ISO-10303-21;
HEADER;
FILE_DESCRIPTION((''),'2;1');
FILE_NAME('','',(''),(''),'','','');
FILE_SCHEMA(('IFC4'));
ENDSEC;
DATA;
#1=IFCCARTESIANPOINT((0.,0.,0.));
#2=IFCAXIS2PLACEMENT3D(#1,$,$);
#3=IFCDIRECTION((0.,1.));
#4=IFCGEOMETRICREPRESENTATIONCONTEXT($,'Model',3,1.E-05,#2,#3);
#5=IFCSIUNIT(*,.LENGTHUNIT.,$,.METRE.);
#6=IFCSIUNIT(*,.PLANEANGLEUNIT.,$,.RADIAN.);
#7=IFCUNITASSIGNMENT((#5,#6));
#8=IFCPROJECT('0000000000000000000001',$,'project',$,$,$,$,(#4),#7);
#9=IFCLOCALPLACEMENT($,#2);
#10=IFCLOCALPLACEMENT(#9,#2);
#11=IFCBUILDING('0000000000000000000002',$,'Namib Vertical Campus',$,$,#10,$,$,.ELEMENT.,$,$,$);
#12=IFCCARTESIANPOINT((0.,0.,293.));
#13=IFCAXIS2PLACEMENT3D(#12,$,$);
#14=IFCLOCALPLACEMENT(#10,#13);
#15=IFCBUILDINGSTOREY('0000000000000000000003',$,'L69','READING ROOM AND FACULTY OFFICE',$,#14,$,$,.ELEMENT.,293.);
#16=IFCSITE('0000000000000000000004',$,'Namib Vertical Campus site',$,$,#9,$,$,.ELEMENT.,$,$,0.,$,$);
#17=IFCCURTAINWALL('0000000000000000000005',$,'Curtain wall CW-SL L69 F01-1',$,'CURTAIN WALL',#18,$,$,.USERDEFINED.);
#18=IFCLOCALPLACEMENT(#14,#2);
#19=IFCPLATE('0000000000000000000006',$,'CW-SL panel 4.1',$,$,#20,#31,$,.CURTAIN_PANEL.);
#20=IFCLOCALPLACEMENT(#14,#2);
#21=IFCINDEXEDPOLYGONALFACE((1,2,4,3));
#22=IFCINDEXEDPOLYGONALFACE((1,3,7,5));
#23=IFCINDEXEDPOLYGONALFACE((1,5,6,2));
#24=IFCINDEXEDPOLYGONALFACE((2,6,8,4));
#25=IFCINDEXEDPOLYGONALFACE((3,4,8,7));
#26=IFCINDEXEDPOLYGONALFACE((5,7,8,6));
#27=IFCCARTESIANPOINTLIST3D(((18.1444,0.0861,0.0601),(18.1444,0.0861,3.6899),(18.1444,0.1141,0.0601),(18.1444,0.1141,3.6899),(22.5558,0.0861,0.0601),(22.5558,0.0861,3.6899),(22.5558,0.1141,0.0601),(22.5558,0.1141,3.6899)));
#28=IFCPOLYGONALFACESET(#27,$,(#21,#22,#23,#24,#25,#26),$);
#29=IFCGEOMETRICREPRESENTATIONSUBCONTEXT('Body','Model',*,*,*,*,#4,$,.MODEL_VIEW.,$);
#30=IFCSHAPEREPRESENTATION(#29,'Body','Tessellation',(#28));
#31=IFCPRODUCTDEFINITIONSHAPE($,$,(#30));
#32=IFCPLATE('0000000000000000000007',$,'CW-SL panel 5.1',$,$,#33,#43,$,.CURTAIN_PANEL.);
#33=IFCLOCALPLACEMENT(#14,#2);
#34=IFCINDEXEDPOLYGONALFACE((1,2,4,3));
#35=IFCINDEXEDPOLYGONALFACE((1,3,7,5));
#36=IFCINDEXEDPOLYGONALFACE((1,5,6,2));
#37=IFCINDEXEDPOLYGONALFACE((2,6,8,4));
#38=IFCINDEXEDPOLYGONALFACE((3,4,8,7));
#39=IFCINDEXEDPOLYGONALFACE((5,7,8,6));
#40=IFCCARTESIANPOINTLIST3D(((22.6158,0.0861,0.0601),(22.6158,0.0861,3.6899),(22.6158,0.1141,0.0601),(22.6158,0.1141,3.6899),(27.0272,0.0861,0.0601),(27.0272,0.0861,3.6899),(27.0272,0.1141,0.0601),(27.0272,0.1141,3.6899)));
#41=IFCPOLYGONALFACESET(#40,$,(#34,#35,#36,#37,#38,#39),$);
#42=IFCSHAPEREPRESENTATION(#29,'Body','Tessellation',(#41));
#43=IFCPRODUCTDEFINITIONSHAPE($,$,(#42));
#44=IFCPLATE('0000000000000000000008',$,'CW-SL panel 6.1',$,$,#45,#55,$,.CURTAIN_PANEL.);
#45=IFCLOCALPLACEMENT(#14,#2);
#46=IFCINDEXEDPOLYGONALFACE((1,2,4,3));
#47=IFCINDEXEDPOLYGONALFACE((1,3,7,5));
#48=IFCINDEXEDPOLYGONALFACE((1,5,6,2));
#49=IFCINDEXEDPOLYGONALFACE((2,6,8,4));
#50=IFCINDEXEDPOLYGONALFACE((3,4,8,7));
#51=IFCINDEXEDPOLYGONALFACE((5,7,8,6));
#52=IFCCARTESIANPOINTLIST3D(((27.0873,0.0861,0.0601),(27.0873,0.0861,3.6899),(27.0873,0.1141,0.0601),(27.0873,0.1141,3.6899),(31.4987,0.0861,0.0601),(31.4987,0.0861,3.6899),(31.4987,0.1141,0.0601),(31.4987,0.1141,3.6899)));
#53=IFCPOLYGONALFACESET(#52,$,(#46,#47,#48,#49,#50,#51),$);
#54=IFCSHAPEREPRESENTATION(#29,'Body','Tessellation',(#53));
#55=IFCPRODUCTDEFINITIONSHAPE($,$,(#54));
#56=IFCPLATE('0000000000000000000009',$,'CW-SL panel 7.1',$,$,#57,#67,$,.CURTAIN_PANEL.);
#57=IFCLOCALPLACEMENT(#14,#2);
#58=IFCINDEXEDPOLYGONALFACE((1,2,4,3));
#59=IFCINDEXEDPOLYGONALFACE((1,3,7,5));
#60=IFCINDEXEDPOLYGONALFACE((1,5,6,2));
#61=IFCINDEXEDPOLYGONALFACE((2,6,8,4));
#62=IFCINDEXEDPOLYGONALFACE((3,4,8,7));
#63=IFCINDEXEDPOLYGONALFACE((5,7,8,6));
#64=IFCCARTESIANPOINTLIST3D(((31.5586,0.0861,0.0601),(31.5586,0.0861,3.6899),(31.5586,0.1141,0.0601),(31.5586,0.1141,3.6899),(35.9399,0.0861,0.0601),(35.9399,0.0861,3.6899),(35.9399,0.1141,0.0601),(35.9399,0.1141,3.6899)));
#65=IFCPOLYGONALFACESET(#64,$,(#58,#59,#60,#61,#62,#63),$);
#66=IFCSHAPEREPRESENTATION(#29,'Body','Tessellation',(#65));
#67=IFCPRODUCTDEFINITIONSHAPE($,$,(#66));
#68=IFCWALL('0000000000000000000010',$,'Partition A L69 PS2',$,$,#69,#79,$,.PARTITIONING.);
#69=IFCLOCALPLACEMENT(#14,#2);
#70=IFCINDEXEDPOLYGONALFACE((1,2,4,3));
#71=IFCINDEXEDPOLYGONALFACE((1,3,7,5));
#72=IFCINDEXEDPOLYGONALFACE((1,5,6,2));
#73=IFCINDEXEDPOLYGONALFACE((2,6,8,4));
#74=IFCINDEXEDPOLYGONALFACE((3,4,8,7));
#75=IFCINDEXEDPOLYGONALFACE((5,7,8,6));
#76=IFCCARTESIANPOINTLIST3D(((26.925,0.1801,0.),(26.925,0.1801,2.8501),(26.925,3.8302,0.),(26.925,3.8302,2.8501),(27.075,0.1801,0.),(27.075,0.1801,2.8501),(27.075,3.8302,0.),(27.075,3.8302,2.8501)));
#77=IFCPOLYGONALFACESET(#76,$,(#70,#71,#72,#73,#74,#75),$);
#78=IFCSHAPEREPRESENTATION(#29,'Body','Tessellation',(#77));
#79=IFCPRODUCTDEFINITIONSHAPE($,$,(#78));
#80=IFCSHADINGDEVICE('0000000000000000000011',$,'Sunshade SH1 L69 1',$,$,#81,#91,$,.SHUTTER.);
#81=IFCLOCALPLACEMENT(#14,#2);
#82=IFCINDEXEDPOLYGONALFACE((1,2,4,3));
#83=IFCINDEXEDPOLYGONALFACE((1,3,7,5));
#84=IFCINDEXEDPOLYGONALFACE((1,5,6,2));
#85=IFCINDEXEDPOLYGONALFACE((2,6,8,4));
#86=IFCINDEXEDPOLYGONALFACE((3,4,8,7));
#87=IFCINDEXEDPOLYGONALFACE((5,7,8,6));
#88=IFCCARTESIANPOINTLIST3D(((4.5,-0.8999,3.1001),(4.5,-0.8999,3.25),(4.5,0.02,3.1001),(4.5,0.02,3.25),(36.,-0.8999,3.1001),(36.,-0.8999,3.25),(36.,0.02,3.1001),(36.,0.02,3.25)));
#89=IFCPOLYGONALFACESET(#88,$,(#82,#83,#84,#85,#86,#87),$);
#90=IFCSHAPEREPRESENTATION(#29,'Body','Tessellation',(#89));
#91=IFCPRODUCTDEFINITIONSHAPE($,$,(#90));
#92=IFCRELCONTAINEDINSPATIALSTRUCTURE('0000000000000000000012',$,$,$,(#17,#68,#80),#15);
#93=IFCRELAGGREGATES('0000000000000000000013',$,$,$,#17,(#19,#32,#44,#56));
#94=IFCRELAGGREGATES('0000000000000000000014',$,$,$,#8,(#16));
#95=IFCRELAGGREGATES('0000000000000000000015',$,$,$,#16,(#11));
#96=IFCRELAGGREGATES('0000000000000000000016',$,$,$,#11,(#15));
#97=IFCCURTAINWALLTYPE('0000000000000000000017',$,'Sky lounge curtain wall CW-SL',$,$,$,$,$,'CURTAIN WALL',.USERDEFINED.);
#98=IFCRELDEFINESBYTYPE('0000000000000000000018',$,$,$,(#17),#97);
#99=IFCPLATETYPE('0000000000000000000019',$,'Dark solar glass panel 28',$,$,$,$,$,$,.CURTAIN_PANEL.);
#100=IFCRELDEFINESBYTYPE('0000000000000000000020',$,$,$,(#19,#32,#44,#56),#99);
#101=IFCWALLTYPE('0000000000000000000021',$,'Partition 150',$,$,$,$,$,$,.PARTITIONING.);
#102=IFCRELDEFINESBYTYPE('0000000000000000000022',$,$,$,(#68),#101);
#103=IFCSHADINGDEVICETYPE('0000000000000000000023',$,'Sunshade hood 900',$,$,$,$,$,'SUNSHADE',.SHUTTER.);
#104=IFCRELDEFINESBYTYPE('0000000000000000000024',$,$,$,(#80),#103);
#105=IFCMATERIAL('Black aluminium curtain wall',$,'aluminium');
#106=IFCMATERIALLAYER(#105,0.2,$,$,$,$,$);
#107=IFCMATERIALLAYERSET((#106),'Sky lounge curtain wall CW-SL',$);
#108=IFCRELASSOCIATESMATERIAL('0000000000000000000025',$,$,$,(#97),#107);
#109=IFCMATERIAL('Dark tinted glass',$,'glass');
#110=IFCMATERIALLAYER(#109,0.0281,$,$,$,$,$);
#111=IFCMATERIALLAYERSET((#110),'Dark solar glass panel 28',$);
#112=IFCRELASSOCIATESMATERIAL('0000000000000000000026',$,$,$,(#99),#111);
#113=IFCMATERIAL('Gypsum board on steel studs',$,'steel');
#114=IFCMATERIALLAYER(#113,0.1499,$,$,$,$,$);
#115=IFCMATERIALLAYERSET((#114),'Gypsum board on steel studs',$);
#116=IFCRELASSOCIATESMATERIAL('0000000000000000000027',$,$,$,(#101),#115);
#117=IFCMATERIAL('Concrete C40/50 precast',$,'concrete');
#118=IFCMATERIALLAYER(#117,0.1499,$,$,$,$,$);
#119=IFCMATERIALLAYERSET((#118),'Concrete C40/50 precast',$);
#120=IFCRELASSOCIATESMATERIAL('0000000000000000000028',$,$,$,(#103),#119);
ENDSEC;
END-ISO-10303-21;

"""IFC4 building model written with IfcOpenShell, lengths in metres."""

from ifc_helpers import new_model, si_unit, direction, frame, frame_2d, origin, origin_2d, place, context, subcontext, project, spatial, rectangle, extrude, material, layer, layer_set, type_object, element, aggregate, save


model = new_model("IFC4")

# Units and contexts
model_context = context("Model", 3, precision=1e-05, world=origin(), true_north=direction((0.0, 1.0)))
body_context = subcontext(model_context, "Body", "Model", "MODEL_VIEW")
ifc_project = project(units=[si_unit("LENGTHUNIT", "METRE"), si_unit("PLANEANGLEUNIT", "RADIAN")], contexts=[model_context])

# Site, building, storey
site_placement = place(None, origin())
site = spatial("IfcSite", under=ifc_project, at=site_placement, Name="Namib Vertical Campus site", CompositionType="ELEMENT", RefElevation=0.0)
building_placement = place(site_placement, origin())
building = spatial("IfcBuilding", under=site, at=building_placement, Name="Namib Vertical Campus", CompositionType="ELEMENT")
storey_placement = place(building_placement, frame((0.0, 0.0, 293.0)))
storey = spatial("IfcBuildingStorey", under=building, at=storey_placement, Name="L69", Description="READING ROOM AND FACULTY OFFICE", CompositionType="ELEMENT", Elevation=293.0)

# Curtain wall
ifc_material_1 = material(Name="Black aluminium curtain wall", Category="aluminium")
ifc_layer_1 = layer(ifc_material_1, 0.2)
ifc_layer_set_1 = layer_set([ifc_layer_1], Name="Sky lounge curtain wall CW-SL")
curtain_wall_type = type_object("IfcCurtainWallType", Name="Sky lounge curtain wall CW-SL", ElementType="CURTAIN WALL", PredefinedType="USERDEFINED", material=ifc_layer_set_1)
curtain_wall_1_placement = place(storey_placement, origin())
curtain_wall_1 = element("IfcCurtainWall", 1, at=curtain_wall_1_placement, inside=storey, type_object=curtain_wall_type, Name="Curtain wall CW-SL L69 F01-1", ObjectType="CURTAIN WALL", PredefinedType="USERDEFINED")

# Plates
ifc_material_2 = material(Name="Dark tinted glass", Category="glass")
ifc_layer_2 = layer(ifc_material_2, 0.0281)
ifc_layer_set_2 = layer_set([ifc_layer_2], Name="Dark solar glass panel 28")
plate_type = type_object("IfcPlateType", Name="Dark solar glass panel 28", PredefinedType="CURTAIN_PANEL", material=ifc_layer_set_2)
plate_1_placement = place(storey_placement, frame((20.3501, 0.1001, 0.0601), z_axis=(0.0, 0.0, 1.0), x_axis=(1.0, 0.0, 0.0)))
plate_1 = element("IfcPlate", 2, at=plate_1_placement, type_object=plate_type, Name="CW-SL panel 4.1", PredefinedType="CURTAIN_PANEL", context=body_context, shape_type="SweptSolid", body=[
    extrude(rectangle(XDim=4.4114, YDim=0.0281, at=origin_2d()), origin(), (0.0, 0.0, 1.0), 3.6299),
])
plate_2_placement = place(storey_placement, frame((24.8215, 0.1001, 0.0601), z_axis=(0.0, 0.0, 1.0), x_axis=(1.0, 0.0, 0.0)))
plate_2 = element("IfcPlate", 3, at=plate_2_placement, type_object=plate_type, Name="CW-SL panel 5.1", PredefinedType="CURTAIN_PANEL", context=body_context, shape_type="SweptSolid", body=[
    extrude(rectangle(XDim=4.4114, YDim=0.0281, at=origin_2d()), origin(), (0.0, 0.0, 1.0), 3.6299),
])
plate_3_placement = place(storey_placement, frame((29.293, 0.1001, 0.0601), z_axis=(0.0, 0.0, 1.0), x_axis=(1.0, 0.0, 0.0)))
plate_3 = element("IfcPlate", 4, at=plate_3_placement, type_object=plate_type, Name="CW-SL panel 6.1", PredefinedType="CURTAIN_PANEL", context=body_context, shape_type="SweptSolid", body=[
    extrude(rectangle(XDim=4.4114, YDim=0.0281, at=origin_2d()), origin(), (0.0, 0.0, 1.0), 3.6299),
])
plate_4_placement = place(storey_placement, frame((33.7493, 0.1001, 0.0601), z_axis=(0.0, 0.0, 1.0), x_axis=(1.0, 0.0, 0.0)))
plate_4 = element("IfcPlate", 5, at=plate_4_placement, type_object=plate_type, Name="CW-SL panel 7.1", PredefinedType="CURTAIN_PANEL", context=body_context, shape_type="SweptSolid", body=[
    extrude(rectangle(XDim=4.3813, YDim=0.0281, at=origin_2d()), origin(), (0.0, 0.0, 1.0), 3.6299),
])
aggregate(curtain_wall_1, [plate_1, plate_2, plate_3, plate_4])

# Wall
ifc_material_3 = material(Name="Gypsum board on steel studs", Category="steel")
ifc_layer_3 = layer(ifc_material_3, 0.1499)
ifc_layer_set_3 = layer_set([ifc_layer_3], Name="Gypsum board on steel studs")
wall_type = type_object("IfcWallType", Name="Partition 150", PredefinedType="PARTITIONING", material=ifc_layer_set_3)
wall_placement = place(storey_placement, frame((27.0, 0.1799, 0.0), z_axis=(0.0, 0.0, 1.0), x_axis=(0.0, 1.0, 0.0)))
element("IfcWall", 6, at=wall_placement, inside=storey, type_object=wall_type, Name="Partition A L69 PS2", PredefinedType="PARTITIONING", context=body_context, shape_type="SweptSolid", body=[
    extrude(rectangle(XDim=3.6501, YDim=0.1499, at=frame_2d((1.8252, 0.0))), origin(), (0.0, 0.0, 1.0), 2.8501),
])

# Shading device
ifc_material_4 = material(Name="Concrete C40/50 precast", Category="concrete")
ifc_layer_4 = layer(ifc_material_4, 0.1499)
ifc_layer_set_4 = layer_set([ifc_layer_4], Name="Concrete C40/50 precast")
shading_device_type = type_object("IfcShadingDeviceType", Name="Sunshade hood 900", ElementType="SUNSHADE", PredefinedType="SHUTTER", material=ifc_layer_set_4)
shading_device_placement = place(storey_placement, frame((20.25, -0.4399, 3.1001), z_axis=(0.0, 0.0, 1.0), x_axis=(1.0, 0.0, 0.0)))
element("IfcShadingDevice", 7, at=shading_device_placement, inside=storey, type_object=shading_device_type, Name="Sunshade SH1 L69 1", PredefinedType="SHUTTER", context=body_context, shape_type="SweptSolid", body=[
    extrude(rectangle(XDim=31.5, YDim=0.9199, at=origin_2d()), origin(), (0.0, 0.0, 1.0), 0.1499),
])

save(model, "model.ifc")
